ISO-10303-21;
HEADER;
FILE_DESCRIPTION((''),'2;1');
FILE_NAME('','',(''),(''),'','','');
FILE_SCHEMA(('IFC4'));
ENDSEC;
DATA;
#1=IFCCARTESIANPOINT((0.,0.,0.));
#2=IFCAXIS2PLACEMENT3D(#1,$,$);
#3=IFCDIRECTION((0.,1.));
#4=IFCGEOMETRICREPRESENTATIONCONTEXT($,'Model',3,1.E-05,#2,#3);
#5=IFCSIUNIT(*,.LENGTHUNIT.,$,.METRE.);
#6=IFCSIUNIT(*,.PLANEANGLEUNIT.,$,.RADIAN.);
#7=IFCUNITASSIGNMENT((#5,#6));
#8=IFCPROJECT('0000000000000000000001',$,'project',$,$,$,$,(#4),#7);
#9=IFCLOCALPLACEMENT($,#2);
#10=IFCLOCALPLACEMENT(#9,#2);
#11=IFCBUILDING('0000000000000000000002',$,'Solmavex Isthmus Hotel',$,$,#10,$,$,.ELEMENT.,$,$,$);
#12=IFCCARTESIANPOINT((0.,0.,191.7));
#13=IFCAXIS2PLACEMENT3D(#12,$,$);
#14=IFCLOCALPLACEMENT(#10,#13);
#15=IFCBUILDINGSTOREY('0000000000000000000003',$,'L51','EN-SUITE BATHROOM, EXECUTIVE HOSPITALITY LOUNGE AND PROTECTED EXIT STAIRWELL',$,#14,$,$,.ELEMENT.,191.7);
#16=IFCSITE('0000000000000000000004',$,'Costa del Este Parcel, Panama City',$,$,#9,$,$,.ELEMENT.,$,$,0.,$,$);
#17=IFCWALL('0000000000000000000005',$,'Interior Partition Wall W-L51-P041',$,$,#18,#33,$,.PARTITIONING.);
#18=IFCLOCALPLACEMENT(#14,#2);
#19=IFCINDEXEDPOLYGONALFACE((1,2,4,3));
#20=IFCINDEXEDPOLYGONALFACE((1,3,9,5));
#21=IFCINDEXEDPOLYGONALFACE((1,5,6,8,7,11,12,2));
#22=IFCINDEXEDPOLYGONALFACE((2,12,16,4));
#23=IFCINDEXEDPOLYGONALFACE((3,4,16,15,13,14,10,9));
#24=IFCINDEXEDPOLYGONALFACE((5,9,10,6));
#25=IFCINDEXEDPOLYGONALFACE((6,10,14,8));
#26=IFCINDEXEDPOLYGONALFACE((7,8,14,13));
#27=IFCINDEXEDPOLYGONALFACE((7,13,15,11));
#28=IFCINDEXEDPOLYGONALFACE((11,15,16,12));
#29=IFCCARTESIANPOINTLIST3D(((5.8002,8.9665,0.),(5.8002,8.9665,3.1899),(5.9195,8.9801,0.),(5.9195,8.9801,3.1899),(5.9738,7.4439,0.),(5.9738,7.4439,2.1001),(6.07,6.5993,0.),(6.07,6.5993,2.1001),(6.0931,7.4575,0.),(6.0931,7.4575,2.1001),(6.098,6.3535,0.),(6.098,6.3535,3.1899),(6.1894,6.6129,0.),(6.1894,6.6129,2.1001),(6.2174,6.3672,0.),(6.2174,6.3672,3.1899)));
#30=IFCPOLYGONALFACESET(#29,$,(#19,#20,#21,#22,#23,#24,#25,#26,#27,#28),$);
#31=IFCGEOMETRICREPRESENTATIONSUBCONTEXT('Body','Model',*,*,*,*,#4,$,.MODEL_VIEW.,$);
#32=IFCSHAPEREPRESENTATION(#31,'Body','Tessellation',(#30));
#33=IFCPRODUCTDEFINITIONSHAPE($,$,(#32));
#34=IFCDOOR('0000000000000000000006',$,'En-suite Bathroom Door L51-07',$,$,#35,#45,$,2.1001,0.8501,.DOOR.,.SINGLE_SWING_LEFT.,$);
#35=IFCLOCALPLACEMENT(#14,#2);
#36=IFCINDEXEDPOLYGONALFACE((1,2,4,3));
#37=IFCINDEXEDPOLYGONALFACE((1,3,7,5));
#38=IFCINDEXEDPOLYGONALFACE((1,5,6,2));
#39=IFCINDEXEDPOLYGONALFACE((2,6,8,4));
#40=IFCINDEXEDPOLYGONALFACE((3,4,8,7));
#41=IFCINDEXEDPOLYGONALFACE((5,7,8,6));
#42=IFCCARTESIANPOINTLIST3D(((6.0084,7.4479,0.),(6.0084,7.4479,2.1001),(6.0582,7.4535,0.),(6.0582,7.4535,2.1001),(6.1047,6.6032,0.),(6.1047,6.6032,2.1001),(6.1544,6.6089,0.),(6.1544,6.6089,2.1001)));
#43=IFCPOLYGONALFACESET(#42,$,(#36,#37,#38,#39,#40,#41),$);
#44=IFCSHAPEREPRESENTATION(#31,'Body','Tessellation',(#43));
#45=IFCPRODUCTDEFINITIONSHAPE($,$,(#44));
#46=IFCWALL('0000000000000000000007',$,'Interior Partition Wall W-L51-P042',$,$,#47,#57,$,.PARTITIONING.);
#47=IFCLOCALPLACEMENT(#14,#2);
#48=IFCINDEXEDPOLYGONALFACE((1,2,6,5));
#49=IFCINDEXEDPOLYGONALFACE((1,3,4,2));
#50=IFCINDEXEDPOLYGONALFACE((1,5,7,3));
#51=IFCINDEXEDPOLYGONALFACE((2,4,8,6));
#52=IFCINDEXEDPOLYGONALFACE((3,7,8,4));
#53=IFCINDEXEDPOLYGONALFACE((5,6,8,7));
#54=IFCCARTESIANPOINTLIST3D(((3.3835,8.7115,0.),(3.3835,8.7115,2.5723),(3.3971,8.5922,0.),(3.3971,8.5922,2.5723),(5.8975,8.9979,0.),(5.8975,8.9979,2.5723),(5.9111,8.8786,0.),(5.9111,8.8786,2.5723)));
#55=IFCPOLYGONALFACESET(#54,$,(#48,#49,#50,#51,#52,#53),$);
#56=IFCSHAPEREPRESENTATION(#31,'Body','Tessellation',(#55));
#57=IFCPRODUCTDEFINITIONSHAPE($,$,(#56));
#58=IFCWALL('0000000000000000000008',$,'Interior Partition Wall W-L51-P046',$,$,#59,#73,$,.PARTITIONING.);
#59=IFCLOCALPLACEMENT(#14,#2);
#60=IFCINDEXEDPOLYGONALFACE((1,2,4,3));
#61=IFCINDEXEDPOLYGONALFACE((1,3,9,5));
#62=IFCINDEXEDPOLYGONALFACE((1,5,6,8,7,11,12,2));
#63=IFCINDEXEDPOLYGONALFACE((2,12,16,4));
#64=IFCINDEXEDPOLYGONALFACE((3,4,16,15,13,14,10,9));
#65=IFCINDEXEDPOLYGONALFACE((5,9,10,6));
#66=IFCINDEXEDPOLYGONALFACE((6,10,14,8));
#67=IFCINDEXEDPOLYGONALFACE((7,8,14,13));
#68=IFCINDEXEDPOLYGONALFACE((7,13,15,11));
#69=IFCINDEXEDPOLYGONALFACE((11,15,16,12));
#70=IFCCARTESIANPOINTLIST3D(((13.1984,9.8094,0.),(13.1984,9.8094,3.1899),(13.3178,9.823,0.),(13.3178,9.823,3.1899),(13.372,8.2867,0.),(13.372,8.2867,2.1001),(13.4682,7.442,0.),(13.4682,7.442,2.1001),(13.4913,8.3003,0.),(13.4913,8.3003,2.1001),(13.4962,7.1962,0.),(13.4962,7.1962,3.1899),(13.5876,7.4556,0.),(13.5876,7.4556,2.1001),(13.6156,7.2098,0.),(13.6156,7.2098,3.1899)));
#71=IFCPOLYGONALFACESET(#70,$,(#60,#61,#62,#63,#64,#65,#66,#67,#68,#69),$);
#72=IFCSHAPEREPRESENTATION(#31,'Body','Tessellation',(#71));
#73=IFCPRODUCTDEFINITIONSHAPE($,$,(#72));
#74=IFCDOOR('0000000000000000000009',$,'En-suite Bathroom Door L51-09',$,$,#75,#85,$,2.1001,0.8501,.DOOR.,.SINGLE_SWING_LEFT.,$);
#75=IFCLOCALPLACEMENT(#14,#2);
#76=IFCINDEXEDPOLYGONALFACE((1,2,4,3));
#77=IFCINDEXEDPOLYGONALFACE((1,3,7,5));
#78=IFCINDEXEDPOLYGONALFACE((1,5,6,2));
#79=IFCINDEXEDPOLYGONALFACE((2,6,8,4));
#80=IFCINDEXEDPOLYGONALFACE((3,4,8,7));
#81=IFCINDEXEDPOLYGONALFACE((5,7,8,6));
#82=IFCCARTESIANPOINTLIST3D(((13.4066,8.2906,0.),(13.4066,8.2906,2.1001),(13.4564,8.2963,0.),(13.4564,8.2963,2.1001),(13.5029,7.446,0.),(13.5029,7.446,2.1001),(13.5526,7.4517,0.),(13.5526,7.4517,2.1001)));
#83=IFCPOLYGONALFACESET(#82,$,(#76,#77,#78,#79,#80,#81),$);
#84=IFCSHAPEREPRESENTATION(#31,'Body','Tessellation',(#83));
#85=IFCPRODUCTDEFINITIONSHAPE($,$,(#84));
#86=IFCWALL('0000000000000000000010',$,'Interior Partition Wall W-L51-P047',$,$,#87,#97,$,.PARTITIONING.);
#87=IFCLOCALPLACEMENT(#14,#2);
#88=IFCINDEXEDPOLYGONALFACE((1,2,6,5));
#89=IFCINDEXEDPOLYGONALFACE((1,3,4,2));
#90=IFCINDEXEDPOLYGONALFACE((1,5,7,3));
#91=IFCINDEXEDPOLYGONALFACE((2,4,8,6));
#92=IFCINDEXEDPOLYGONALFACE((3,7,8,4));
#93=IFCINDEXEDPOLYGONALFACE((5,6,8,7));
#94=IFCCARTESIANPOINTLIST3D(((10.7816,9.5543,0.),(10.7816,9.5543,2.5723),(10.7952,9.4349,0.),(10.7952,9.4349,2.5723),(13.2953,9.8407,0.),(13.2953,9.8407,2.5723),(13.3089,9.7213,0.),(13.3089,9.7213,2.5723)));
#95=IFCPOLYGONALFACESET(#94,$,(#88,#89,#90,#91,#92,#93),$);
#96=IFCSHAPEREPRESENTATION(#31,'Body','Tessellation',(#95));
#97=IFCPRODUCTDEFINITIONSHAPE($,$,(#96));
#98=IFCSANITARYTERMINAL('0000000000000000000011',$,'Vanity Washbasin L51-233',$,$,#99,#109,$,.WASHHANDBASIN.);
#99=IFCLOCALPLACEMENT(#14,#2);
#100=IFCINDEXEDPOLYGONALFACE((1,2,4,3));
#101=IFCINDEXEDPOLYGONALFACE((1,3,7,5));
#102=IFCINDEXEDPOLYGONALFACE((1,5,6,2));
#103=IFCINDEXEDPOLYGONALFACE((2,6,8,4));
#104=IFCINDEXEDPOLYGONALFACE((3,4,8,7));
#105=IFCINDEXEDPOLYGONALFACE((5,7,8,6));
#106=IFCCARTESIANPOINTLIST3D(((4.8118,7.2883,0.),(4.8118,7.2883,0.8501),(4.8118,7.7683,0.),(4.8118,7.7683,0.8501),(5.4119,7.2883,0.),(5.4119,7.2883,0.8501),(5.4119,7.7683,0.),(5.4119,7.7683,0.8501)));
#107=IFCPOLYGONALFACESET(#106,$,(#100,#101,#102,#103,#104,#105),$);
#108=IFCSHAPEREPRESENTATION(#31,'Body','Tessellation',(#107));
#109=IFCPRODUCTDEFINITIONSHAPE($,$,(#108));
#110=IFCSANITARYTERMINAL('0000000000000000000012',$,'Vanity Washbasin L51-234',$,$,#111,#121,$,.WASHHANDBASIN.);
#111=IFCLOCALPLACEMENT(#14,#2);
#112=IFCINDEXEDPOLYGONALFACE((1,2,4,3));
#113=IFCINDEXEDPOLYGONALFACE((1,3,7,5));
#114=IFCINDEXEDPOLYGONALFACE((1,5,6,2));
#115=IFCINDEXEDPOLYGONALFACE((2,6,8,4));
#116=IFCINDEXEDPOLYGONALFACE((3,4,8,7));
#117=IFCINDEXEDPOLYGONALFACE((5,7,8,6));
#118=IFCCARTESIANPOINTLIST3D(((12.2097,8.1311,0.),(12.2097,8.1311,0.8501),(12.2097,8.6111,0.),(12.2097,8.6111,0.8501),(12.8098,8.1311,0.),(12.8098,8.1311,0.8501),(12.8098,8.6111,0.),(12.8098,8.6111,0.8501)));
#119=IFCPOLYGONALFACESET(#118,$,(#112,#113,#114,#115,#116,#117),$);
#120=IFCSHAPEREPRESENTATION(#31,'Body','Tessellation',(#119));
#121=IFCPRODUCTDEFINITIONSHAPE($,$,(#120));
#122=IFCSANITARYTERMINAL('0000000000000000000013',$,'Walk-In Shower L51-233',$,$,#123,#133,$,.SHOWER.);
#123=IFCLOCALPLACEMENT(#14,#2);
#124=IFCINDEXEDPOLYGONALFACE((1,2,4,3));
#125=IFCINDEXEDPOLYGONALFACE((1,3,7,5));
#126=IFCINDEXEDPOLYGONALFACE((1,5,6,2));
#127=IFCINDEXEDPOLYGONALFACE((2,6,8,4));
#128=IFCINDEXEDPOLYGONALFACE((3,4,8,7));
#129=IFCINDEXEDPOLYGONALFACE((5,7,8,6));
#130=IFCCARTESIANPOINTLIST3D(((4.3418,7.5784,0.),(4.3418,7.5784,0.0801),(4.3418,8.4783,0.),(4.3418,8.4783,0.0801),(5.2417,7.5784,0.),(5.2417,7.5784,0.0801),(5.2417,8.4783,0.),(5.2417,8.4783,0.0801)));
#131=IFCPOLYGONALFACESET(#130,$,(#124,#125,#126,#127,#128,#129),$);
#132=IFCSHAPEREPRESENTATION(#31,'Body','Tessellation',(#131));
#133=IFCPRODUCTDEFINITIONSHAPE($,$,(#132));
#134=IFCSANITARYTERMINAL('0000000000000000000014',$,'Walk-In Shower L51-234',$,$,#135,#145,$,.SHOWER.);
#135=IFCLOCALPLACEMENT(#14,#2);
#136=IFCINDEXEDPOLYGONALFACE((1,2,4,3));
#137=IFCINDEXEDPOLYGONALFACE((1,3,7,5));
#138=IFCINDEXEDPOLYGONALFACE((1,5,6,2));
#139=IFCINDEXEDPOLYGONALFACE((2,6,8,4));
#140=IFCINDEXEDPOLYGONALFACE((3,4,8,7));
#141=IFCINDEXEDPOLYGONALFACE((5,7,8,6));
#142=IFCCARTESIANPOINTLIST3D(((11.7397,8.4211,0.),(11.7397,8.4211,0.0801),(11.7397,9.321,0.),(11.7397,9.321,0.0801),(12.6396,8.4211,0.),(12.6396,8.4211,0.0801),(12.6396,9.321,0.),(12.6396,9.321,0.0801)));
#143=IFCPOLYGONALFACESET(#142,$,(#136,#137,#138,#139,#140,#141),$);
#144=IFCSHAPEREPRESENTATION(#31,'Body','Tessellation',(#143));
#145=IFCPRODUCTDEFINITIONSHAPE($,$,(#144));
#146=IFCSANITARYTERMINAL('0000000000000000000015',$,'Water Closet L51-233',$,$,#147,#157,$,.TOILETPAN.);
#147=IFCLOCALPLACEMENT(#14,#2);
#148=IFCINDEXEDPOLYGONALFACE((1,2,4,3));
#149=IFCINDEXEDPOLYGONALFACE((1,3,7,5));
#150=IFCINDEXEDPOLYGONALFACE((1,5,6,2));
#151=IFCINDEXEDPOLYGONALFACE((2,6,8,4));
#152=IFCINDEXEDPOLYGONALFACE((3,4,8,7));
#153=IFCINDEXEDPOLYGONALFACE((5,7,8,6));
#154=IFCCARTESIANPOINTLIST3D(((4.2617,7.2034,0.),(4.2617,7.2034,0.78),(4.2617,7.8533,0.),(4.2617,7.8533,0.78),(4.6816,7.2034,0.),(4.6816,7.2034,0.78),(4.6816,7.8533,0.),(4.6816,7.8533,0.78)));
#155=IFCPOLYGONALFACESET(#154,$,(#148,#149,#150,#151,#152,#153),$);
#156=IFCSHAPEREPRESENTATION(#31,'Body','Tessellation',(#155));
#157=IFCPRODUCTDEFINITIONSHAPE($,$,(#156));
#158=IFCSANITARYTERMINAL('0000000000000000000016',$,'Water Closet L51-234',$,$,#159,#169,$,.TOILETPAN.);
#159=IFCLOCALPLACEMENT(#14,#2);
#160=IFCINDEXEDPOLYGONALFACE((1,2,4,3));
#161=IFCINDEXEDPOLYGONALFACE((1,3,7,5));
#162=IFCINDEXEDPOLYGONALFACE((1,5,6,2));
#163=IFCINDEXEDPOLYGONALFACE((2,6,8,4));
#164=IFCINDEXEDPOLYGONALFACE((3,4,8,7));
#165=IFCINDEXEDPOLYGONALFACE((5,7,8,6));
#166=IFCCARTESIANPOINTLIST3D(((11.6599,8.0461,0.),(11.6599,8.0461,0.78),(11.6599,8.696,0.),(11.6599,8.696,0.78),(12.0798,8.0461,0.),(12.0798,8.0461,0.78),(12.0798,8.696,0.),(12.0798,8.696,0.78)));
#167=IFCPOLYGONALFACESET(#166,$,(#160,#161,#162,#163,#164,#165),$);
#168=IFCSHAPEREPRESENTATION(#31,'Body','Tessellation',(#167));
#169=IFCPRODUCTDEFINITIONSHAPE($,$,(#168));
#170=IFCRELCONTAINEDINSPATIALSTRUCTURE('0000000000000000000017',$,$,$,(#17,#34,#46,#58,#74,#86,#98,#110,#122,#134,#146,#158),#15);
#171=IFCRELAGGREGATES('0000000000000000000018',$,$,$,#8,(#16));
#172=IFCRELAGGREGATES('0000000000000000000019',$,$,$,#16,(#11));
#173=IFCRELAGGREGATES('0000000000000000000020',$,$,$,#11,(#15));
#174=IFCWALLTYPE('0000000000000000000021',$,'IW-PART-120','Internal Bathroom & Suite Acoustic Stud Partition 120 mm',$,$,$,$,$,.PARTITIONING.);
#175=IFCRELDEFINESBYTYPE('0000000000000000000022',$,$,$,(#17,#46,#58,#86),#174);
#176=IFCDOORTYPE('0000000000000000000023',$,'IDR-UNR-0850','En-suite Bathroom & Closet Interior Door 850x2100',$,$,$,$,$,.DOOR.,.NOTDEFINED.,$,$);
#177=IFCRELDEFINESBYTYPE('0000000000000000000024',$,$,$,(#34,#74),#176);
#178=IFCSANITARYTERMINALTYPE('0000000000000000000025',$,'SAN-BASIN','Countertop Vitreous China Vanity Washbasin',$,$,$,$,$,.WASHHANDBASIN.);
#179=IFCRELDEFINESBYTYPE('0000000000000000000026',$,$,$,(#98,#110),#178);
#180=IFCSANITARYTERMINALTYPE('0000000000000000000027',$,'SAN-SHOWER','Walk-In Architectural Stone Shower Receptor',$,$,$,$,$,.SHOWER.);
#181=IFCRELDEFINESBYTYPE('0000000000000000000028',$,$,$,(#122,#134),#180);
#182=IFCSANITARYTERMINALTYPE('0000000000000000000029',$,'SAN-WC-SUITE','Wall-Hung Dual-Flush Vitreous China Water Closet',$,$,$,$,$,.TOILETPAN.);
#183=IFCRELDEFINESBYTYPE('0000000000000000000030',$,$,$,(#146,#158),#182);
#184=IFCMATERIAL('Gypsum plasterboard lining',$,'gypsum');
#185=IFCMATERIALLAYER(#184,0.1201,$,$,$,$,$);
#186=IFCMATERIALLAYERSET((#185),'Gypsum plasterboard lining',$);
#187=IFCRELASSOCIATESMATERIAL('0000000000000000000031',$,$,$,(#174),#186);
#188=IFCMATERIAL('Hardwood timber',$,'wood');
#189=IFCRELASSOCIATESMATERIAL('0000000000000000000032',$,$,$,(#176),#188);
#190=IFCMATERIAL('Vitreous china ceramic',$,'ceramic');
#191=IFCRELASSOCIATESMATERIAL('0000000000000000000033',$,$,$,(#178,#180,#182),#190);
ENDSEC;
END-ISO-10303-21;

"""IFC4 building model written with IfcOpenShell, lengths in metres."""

from ifc_helpers import new_model, si_unit, direction, frame, frame_2d, origin, origin_2d, place, context, subcontext, project, spatial, rectangle, extrude, material, layer, layer_set, type_object, element, fill, save


model = new_model("IFC4")

# Units and contexts
model_context = context("Model", 3, precision=1e-05, world=origin(), true_north=direction((0.0, 1.0)))
body_context = subcontext(model_context, "Body", "Model", "MODEL_VIEW")
ifc_project = project(units=[si_unit("LENGTHUNIT", "METRE"), si_unit("PLANEANGLEUNIT", "RADIAN")], contexts=[model_context])

# Site, building, storey
site_placement = place(None, origin())
site = spatial("IfcSite", under=ifc_project, at=site_placement, Name="Costa del Este Parcel, Panama City", CompositionType="ELEMENT", RefElevation=0.0)
building_placement = place(site_placement, origin())
building = spatial("IfcBuilding", under=site, at=building_placement, Name="Solmavex Isthmus Hotel", CompositionType="ELEMENT")
storey_placement = place(building_placement, frame((0.0, 0.0, 191.7)))
storey = spatial("IfcBuildingStorey", under=building, at=storey_placement, Name="L51", Description="EN-SUITE BATHROOM, EXECUTIVE HOSPITALITY LOUNGE AND PROTECTED EXIT STAIRWELL", CompositionType="ELEMENT", Elevation=191.7)

# Shared definitions
ifc_material_1 = material(Name="Gypsum plasterboard lining", Category="gypsum")

# Shared definitions
ifc_material_2 = material(Name="Hardwood timber", Category="wood")

# Wall, opening, door
ifc_layer_1 = layer(ifc_material_1, 0.1201)
ifc_layer_set_1 = layer_set([ifc_layer_1], Name="Gypsum plasterboard lining")
wall_type_1 = type_object("IfcWallType", Name="IW-PART-120", Description="Internal Bathroom & Suite Acoustic Stud Partition 120 mm", PredefinedType="PARTITIONING", material=ifc_layer_set_1)
wall_1_placement = place(storey_placement, frame((6.1577, 6.3604, 0.0), z_axis=(0.0, 0.0, 1.0), x_axis=(-0.113253, 0.993566, 0.0)))
wall_1 = element("IfcWall", 1, at=wall_1_placement, inside=storey, type_object=wall_type_1, Name="Interior Partition Wall W-L51-P041", PredefinedType="PARTITIONING", context=body_context, shape_type="SweptSolid", body=[
    extrude(rectangle(XDim=2.6299, YDim=0.1201, at=frame_2d((1.3149, 0.0))), origin(), (0.0, 0.0, 1.0), 3.1899),
])
opening_1_placement = place(wall_1_placement, frame((0.2473, 0.0, 0.0)))
opening_1 = element("IfcOpeningElement", 2, at=opening_1_placement, cuts=wall_1, PredefinedType="OPENING", context=body_context, shape_type="SweptSolid", body=[
    extrude(rectangle(XDim=0.8501, YDim=2.1001, at=frame_2d((0.425, 1.05))), frame((0.0, 0.0701, 0.0), z_axis=(0.0, -1.0, 0.0), x_axis=(1.0, 0.0, 0.0)), (0.0, 0.0, 1.0), 0.1401),
])
door_type_1 = type_object("IfcDoorType", Name="IDR-UNR-0850", Description="En-suite Bathroom & Closet Interior Door 850x2100", OperationType="NOTDEFINED", PredefinedType="DOOR", material=ifc_material_2)
door_1_placement = place(opening_1_placement, frame((0.8501, 0.0, 0.0), z_axis=(0.0, 0.0, 1.0), x_axis=(-1.0, 0.0, 0.0)))
door_1 = element("IfcDoor", 3, at=door_1_placement, inside=storey, type_object=door_type_1, Name="En-suite Bathroom Door L51-07", OperationType="SINGLE_SWING_LEFT", OverallHeight=2.1001, OverallWidth=0.8501, PredefinedType="DOOR", context=body_context, shape_type="SweptSolid", body=[
    extrude(rectangle(XDim=0.8501, YDim=2.1001, at=frame_2d((0.425, 1.05))), frame((0.0, 0.0249, 0.0), z_axis=(0.0, -1.0, 0.0), x_axis=(1.0, 0.0, 0.0)), (0.0, 0.0, 1.0), 0.05),
])
fill(opening_1, door_1)

# Wall
wall_2_placement = place(storey_placement, frame((5.9043, 8.9382, 0.0), z_axis=(0.0, 0.0, 1.0), x_axis=(-0.993574, -0.113185, 0.0)))
element("IfcWall", 4, at=wall_2_placement, inside=storey, type_object=wall_type_1, Name="Interior Partition Wall W-L51-P042", PredefinedType="PARTITIONING", context=body_context, shape_type="SweptSolid", body=[
    extrude(rectangle(XDim=2.5303, YDim=0.1201, at=frame_2d((1.2651, 0.0))), origin(), (0.0, 0.0, 1.0), 2.5723),
])

# Wall, opening, door
wall_3_placement = place(storey_placement, frame((13.5559, 7.2031, 0.0), z_axis=(0.0, 0.0, 1.0), x_axis=(-0.113243, 0.993567, 0.0)))
wall_3 = element("IfcWall", 5, at=wall_3_placement, inside=storey, type_object=wall_type_1, Name="Interior Partition Wall W-L51-P046", PredefinedType="PARTITIONING", context=body_context, shape_type="SweptSolid", body=[
    extrude(rectangle(XDim=2.6301, YDim=0.1201, at=frame_2d((1.3149, 0.0))), origin(), (0.0, 0.0, 1.0), 3.1899),
])
opening_2_placement = place(wall_3_placement, frame((0.2473, 0.0, 0.0)))
opening_2 = element("IfcOpeningElement", 6, at=opening_2_placement, cuts=wall_3, PredefinedType="OPENING", context=body_context, shape_type="SweptSolid", body=[
    extrude(rectangle(XDim=0.8501, YDim=2.1001, at=frame_2d((0.425, 1.05))), frame((0.0, 0.0701, 0.0), z_axis=(0.0, -1.0, 0.0), x_axis=(1.0, 0.0, 0.0)), (0.0, 0.0, 1.0), 0.1401),
])
door_2_placement = place(opening_2_placement, frame((0.8501, 0.0, 0.0), z_axis=(0.0, 0.0, 1.0), x_axis=(-1.0, 0.0, 0.0)))
door_2 = element("IfcDoor", 7, at=door_2_placement, inside=storey, type_object=door_type_1, Name="En-suite Bathroom Door L51-09", OperationType="SINGLE_SWING_LEFT", OverallHeight=2.1001, OverallWidth=0.8501, PredefinedType="DOOR", context=body_context, shape_type="SweptSolid", body=[
    extrude(rectangle(XDim=0.8501, YDim=2.1001, at=frame_2d((0.425, 1.05))), frame((0.0, 0.0249, 0.0), z_axis=(0.0, -1.0, 0.0), x_axis=(1.0, 0.0, 0.0)), (0.0, 0.0, 1.0), 0.05),
])
fill(opening_2, door_2)

# Wall
wall_4_placement = place(storey_placement, frame((13.3022, 9.781, 0.0), z_axis=(0.0, 0.0, 1.0), x_axis=(-0.993573, -0.113195, 0.0)))
element("IfcWall", 8, at=wall_4_placement, inside=storey, type_object=wall_type_1, Name="Interior Partition Wall W-L51-P047", PredefinedType="PARTITIONING", context=body_context, shape_type="SweptSolid", body=[
    extrude(rectangle(XDim=2.53, YDim=0.1201, at=frame_2d((1.2651, 0.0))), origin(), (0.0, 0.0, 1.0), 2.5723),
])

# Sanitary terminals
ifc_material_3 = material(Name="Vitreous china ceramic", Category="ceramic")
sanitary_terminal_type_1 = type_object("IfcSanitaryTerminalType", Name="SAN-BASIN", Description="Countertop Vitreous China Vanity Washbasin", PredefinedType="WASHHANDBASIN", material=ifc_material_3)
for number, where, z_axis, x_axis, name in (
    (9, (5.1118, 7.5283, 0.0), (0.0, 0.0, 1.0), (1.0, 0.0, 0.0), "Vanity Washbasin L51-233"),
    (10, (12.5098, 8.3711, 0.0), (0.0, 0.0, 1.0), (1.0, 0.0, 0.0), "Vanity Washbasin L51-234"),
):
    element("IfcSanitaryTerminal", number, at=place(storey_placement, frame(where, z_axis=z_axis, x_axis=x_axis)), inside=storey, type_object=sanitary_terminal_type_1, Name=name, PredefinedType="WASHHANDBASIN", context=body_context, shape_type="SweptSolid", body=[
        extrude(rectangle(XDim=0.6001, YDim=0.48, at=origin_2d()), origin(), (0.0, 0.0, 1.0), 0.8501),
    ])
sanitary_terminal_type_2 = type_object("IfcSanitaryTerminalType", Name="SAN-SHOWER", Description="Walk-In Architectural Stone Shower Receptor", PredefinedType="SHOWER", material=ifc_material_3)
for number, where, z_axis, x_axis, name in (
    (11, (4.7917, 8.0283, 0.0), (0.0, 0.0, 1.0), (1.0, 0.0, 0.0), "Walk-In Shower L51-233"),
    (12, (12.1897, 8.8711, 0.0), (0.0, 0.0, 1.0), (1.0, 0.0, 0.0), "Walk-In Shower L51-234"),
):
    element("IfcSanitaryTerminal", number, at=place(storey_placement, frame(where, z_axis=z_axis, x_axis=x_axis)), inside=storey, type_object=sanitary_terminal_type_2, Name=name, PredefinedType="SHOWER", context=body_context, shape_type="SweptSolid", body=[
        extrude(rectangle(XDim=0.8999, YDim=0.8999, at=origin_2d()), origin(), (0.0, 0.0, 1.0), 0.0801),
    ])
sanitary_terminal_type_3 = type_object("IfcSanitaryTerminalType", Name="SAN-WC-SUITE", Description="Wall-Hung Dual-Flush Vitreous China Water Closet", PredefinedType="TOILETPAN", material=ifc_material_3)
for number, where, z_axis, x_axis, name in (
    (13, (4.4717, 7.5283, 0.0), (0.0, 0.0, 1.0), (1.0, 0.0, 0.0), "Water Closet L51-233"),
    (14, (11.8699, 8.3711, 0.0), (0.0, 0.0, 1.0), (1.0, 0.0, 0.0), "Water Closet L51-234"),
):
    element("IfcSanitaryTerminal", number, at=place(storey_placement, frame(where, z_axis=z_axis, x_axis=x_axis)), inside=storey, type_object=sanitary_terminal_type_3, Name=name, PredefinedType="TOILETPAN", context=body_context, shape_type="SweptSolid", body=[
        extrude(rectangle(XDim=0.4199, YDim=0.6499, at=origin_2d()), origin(), (0.0, 0.0, 1.0), 0.78),
    ])

save(model, "model.ifc")
